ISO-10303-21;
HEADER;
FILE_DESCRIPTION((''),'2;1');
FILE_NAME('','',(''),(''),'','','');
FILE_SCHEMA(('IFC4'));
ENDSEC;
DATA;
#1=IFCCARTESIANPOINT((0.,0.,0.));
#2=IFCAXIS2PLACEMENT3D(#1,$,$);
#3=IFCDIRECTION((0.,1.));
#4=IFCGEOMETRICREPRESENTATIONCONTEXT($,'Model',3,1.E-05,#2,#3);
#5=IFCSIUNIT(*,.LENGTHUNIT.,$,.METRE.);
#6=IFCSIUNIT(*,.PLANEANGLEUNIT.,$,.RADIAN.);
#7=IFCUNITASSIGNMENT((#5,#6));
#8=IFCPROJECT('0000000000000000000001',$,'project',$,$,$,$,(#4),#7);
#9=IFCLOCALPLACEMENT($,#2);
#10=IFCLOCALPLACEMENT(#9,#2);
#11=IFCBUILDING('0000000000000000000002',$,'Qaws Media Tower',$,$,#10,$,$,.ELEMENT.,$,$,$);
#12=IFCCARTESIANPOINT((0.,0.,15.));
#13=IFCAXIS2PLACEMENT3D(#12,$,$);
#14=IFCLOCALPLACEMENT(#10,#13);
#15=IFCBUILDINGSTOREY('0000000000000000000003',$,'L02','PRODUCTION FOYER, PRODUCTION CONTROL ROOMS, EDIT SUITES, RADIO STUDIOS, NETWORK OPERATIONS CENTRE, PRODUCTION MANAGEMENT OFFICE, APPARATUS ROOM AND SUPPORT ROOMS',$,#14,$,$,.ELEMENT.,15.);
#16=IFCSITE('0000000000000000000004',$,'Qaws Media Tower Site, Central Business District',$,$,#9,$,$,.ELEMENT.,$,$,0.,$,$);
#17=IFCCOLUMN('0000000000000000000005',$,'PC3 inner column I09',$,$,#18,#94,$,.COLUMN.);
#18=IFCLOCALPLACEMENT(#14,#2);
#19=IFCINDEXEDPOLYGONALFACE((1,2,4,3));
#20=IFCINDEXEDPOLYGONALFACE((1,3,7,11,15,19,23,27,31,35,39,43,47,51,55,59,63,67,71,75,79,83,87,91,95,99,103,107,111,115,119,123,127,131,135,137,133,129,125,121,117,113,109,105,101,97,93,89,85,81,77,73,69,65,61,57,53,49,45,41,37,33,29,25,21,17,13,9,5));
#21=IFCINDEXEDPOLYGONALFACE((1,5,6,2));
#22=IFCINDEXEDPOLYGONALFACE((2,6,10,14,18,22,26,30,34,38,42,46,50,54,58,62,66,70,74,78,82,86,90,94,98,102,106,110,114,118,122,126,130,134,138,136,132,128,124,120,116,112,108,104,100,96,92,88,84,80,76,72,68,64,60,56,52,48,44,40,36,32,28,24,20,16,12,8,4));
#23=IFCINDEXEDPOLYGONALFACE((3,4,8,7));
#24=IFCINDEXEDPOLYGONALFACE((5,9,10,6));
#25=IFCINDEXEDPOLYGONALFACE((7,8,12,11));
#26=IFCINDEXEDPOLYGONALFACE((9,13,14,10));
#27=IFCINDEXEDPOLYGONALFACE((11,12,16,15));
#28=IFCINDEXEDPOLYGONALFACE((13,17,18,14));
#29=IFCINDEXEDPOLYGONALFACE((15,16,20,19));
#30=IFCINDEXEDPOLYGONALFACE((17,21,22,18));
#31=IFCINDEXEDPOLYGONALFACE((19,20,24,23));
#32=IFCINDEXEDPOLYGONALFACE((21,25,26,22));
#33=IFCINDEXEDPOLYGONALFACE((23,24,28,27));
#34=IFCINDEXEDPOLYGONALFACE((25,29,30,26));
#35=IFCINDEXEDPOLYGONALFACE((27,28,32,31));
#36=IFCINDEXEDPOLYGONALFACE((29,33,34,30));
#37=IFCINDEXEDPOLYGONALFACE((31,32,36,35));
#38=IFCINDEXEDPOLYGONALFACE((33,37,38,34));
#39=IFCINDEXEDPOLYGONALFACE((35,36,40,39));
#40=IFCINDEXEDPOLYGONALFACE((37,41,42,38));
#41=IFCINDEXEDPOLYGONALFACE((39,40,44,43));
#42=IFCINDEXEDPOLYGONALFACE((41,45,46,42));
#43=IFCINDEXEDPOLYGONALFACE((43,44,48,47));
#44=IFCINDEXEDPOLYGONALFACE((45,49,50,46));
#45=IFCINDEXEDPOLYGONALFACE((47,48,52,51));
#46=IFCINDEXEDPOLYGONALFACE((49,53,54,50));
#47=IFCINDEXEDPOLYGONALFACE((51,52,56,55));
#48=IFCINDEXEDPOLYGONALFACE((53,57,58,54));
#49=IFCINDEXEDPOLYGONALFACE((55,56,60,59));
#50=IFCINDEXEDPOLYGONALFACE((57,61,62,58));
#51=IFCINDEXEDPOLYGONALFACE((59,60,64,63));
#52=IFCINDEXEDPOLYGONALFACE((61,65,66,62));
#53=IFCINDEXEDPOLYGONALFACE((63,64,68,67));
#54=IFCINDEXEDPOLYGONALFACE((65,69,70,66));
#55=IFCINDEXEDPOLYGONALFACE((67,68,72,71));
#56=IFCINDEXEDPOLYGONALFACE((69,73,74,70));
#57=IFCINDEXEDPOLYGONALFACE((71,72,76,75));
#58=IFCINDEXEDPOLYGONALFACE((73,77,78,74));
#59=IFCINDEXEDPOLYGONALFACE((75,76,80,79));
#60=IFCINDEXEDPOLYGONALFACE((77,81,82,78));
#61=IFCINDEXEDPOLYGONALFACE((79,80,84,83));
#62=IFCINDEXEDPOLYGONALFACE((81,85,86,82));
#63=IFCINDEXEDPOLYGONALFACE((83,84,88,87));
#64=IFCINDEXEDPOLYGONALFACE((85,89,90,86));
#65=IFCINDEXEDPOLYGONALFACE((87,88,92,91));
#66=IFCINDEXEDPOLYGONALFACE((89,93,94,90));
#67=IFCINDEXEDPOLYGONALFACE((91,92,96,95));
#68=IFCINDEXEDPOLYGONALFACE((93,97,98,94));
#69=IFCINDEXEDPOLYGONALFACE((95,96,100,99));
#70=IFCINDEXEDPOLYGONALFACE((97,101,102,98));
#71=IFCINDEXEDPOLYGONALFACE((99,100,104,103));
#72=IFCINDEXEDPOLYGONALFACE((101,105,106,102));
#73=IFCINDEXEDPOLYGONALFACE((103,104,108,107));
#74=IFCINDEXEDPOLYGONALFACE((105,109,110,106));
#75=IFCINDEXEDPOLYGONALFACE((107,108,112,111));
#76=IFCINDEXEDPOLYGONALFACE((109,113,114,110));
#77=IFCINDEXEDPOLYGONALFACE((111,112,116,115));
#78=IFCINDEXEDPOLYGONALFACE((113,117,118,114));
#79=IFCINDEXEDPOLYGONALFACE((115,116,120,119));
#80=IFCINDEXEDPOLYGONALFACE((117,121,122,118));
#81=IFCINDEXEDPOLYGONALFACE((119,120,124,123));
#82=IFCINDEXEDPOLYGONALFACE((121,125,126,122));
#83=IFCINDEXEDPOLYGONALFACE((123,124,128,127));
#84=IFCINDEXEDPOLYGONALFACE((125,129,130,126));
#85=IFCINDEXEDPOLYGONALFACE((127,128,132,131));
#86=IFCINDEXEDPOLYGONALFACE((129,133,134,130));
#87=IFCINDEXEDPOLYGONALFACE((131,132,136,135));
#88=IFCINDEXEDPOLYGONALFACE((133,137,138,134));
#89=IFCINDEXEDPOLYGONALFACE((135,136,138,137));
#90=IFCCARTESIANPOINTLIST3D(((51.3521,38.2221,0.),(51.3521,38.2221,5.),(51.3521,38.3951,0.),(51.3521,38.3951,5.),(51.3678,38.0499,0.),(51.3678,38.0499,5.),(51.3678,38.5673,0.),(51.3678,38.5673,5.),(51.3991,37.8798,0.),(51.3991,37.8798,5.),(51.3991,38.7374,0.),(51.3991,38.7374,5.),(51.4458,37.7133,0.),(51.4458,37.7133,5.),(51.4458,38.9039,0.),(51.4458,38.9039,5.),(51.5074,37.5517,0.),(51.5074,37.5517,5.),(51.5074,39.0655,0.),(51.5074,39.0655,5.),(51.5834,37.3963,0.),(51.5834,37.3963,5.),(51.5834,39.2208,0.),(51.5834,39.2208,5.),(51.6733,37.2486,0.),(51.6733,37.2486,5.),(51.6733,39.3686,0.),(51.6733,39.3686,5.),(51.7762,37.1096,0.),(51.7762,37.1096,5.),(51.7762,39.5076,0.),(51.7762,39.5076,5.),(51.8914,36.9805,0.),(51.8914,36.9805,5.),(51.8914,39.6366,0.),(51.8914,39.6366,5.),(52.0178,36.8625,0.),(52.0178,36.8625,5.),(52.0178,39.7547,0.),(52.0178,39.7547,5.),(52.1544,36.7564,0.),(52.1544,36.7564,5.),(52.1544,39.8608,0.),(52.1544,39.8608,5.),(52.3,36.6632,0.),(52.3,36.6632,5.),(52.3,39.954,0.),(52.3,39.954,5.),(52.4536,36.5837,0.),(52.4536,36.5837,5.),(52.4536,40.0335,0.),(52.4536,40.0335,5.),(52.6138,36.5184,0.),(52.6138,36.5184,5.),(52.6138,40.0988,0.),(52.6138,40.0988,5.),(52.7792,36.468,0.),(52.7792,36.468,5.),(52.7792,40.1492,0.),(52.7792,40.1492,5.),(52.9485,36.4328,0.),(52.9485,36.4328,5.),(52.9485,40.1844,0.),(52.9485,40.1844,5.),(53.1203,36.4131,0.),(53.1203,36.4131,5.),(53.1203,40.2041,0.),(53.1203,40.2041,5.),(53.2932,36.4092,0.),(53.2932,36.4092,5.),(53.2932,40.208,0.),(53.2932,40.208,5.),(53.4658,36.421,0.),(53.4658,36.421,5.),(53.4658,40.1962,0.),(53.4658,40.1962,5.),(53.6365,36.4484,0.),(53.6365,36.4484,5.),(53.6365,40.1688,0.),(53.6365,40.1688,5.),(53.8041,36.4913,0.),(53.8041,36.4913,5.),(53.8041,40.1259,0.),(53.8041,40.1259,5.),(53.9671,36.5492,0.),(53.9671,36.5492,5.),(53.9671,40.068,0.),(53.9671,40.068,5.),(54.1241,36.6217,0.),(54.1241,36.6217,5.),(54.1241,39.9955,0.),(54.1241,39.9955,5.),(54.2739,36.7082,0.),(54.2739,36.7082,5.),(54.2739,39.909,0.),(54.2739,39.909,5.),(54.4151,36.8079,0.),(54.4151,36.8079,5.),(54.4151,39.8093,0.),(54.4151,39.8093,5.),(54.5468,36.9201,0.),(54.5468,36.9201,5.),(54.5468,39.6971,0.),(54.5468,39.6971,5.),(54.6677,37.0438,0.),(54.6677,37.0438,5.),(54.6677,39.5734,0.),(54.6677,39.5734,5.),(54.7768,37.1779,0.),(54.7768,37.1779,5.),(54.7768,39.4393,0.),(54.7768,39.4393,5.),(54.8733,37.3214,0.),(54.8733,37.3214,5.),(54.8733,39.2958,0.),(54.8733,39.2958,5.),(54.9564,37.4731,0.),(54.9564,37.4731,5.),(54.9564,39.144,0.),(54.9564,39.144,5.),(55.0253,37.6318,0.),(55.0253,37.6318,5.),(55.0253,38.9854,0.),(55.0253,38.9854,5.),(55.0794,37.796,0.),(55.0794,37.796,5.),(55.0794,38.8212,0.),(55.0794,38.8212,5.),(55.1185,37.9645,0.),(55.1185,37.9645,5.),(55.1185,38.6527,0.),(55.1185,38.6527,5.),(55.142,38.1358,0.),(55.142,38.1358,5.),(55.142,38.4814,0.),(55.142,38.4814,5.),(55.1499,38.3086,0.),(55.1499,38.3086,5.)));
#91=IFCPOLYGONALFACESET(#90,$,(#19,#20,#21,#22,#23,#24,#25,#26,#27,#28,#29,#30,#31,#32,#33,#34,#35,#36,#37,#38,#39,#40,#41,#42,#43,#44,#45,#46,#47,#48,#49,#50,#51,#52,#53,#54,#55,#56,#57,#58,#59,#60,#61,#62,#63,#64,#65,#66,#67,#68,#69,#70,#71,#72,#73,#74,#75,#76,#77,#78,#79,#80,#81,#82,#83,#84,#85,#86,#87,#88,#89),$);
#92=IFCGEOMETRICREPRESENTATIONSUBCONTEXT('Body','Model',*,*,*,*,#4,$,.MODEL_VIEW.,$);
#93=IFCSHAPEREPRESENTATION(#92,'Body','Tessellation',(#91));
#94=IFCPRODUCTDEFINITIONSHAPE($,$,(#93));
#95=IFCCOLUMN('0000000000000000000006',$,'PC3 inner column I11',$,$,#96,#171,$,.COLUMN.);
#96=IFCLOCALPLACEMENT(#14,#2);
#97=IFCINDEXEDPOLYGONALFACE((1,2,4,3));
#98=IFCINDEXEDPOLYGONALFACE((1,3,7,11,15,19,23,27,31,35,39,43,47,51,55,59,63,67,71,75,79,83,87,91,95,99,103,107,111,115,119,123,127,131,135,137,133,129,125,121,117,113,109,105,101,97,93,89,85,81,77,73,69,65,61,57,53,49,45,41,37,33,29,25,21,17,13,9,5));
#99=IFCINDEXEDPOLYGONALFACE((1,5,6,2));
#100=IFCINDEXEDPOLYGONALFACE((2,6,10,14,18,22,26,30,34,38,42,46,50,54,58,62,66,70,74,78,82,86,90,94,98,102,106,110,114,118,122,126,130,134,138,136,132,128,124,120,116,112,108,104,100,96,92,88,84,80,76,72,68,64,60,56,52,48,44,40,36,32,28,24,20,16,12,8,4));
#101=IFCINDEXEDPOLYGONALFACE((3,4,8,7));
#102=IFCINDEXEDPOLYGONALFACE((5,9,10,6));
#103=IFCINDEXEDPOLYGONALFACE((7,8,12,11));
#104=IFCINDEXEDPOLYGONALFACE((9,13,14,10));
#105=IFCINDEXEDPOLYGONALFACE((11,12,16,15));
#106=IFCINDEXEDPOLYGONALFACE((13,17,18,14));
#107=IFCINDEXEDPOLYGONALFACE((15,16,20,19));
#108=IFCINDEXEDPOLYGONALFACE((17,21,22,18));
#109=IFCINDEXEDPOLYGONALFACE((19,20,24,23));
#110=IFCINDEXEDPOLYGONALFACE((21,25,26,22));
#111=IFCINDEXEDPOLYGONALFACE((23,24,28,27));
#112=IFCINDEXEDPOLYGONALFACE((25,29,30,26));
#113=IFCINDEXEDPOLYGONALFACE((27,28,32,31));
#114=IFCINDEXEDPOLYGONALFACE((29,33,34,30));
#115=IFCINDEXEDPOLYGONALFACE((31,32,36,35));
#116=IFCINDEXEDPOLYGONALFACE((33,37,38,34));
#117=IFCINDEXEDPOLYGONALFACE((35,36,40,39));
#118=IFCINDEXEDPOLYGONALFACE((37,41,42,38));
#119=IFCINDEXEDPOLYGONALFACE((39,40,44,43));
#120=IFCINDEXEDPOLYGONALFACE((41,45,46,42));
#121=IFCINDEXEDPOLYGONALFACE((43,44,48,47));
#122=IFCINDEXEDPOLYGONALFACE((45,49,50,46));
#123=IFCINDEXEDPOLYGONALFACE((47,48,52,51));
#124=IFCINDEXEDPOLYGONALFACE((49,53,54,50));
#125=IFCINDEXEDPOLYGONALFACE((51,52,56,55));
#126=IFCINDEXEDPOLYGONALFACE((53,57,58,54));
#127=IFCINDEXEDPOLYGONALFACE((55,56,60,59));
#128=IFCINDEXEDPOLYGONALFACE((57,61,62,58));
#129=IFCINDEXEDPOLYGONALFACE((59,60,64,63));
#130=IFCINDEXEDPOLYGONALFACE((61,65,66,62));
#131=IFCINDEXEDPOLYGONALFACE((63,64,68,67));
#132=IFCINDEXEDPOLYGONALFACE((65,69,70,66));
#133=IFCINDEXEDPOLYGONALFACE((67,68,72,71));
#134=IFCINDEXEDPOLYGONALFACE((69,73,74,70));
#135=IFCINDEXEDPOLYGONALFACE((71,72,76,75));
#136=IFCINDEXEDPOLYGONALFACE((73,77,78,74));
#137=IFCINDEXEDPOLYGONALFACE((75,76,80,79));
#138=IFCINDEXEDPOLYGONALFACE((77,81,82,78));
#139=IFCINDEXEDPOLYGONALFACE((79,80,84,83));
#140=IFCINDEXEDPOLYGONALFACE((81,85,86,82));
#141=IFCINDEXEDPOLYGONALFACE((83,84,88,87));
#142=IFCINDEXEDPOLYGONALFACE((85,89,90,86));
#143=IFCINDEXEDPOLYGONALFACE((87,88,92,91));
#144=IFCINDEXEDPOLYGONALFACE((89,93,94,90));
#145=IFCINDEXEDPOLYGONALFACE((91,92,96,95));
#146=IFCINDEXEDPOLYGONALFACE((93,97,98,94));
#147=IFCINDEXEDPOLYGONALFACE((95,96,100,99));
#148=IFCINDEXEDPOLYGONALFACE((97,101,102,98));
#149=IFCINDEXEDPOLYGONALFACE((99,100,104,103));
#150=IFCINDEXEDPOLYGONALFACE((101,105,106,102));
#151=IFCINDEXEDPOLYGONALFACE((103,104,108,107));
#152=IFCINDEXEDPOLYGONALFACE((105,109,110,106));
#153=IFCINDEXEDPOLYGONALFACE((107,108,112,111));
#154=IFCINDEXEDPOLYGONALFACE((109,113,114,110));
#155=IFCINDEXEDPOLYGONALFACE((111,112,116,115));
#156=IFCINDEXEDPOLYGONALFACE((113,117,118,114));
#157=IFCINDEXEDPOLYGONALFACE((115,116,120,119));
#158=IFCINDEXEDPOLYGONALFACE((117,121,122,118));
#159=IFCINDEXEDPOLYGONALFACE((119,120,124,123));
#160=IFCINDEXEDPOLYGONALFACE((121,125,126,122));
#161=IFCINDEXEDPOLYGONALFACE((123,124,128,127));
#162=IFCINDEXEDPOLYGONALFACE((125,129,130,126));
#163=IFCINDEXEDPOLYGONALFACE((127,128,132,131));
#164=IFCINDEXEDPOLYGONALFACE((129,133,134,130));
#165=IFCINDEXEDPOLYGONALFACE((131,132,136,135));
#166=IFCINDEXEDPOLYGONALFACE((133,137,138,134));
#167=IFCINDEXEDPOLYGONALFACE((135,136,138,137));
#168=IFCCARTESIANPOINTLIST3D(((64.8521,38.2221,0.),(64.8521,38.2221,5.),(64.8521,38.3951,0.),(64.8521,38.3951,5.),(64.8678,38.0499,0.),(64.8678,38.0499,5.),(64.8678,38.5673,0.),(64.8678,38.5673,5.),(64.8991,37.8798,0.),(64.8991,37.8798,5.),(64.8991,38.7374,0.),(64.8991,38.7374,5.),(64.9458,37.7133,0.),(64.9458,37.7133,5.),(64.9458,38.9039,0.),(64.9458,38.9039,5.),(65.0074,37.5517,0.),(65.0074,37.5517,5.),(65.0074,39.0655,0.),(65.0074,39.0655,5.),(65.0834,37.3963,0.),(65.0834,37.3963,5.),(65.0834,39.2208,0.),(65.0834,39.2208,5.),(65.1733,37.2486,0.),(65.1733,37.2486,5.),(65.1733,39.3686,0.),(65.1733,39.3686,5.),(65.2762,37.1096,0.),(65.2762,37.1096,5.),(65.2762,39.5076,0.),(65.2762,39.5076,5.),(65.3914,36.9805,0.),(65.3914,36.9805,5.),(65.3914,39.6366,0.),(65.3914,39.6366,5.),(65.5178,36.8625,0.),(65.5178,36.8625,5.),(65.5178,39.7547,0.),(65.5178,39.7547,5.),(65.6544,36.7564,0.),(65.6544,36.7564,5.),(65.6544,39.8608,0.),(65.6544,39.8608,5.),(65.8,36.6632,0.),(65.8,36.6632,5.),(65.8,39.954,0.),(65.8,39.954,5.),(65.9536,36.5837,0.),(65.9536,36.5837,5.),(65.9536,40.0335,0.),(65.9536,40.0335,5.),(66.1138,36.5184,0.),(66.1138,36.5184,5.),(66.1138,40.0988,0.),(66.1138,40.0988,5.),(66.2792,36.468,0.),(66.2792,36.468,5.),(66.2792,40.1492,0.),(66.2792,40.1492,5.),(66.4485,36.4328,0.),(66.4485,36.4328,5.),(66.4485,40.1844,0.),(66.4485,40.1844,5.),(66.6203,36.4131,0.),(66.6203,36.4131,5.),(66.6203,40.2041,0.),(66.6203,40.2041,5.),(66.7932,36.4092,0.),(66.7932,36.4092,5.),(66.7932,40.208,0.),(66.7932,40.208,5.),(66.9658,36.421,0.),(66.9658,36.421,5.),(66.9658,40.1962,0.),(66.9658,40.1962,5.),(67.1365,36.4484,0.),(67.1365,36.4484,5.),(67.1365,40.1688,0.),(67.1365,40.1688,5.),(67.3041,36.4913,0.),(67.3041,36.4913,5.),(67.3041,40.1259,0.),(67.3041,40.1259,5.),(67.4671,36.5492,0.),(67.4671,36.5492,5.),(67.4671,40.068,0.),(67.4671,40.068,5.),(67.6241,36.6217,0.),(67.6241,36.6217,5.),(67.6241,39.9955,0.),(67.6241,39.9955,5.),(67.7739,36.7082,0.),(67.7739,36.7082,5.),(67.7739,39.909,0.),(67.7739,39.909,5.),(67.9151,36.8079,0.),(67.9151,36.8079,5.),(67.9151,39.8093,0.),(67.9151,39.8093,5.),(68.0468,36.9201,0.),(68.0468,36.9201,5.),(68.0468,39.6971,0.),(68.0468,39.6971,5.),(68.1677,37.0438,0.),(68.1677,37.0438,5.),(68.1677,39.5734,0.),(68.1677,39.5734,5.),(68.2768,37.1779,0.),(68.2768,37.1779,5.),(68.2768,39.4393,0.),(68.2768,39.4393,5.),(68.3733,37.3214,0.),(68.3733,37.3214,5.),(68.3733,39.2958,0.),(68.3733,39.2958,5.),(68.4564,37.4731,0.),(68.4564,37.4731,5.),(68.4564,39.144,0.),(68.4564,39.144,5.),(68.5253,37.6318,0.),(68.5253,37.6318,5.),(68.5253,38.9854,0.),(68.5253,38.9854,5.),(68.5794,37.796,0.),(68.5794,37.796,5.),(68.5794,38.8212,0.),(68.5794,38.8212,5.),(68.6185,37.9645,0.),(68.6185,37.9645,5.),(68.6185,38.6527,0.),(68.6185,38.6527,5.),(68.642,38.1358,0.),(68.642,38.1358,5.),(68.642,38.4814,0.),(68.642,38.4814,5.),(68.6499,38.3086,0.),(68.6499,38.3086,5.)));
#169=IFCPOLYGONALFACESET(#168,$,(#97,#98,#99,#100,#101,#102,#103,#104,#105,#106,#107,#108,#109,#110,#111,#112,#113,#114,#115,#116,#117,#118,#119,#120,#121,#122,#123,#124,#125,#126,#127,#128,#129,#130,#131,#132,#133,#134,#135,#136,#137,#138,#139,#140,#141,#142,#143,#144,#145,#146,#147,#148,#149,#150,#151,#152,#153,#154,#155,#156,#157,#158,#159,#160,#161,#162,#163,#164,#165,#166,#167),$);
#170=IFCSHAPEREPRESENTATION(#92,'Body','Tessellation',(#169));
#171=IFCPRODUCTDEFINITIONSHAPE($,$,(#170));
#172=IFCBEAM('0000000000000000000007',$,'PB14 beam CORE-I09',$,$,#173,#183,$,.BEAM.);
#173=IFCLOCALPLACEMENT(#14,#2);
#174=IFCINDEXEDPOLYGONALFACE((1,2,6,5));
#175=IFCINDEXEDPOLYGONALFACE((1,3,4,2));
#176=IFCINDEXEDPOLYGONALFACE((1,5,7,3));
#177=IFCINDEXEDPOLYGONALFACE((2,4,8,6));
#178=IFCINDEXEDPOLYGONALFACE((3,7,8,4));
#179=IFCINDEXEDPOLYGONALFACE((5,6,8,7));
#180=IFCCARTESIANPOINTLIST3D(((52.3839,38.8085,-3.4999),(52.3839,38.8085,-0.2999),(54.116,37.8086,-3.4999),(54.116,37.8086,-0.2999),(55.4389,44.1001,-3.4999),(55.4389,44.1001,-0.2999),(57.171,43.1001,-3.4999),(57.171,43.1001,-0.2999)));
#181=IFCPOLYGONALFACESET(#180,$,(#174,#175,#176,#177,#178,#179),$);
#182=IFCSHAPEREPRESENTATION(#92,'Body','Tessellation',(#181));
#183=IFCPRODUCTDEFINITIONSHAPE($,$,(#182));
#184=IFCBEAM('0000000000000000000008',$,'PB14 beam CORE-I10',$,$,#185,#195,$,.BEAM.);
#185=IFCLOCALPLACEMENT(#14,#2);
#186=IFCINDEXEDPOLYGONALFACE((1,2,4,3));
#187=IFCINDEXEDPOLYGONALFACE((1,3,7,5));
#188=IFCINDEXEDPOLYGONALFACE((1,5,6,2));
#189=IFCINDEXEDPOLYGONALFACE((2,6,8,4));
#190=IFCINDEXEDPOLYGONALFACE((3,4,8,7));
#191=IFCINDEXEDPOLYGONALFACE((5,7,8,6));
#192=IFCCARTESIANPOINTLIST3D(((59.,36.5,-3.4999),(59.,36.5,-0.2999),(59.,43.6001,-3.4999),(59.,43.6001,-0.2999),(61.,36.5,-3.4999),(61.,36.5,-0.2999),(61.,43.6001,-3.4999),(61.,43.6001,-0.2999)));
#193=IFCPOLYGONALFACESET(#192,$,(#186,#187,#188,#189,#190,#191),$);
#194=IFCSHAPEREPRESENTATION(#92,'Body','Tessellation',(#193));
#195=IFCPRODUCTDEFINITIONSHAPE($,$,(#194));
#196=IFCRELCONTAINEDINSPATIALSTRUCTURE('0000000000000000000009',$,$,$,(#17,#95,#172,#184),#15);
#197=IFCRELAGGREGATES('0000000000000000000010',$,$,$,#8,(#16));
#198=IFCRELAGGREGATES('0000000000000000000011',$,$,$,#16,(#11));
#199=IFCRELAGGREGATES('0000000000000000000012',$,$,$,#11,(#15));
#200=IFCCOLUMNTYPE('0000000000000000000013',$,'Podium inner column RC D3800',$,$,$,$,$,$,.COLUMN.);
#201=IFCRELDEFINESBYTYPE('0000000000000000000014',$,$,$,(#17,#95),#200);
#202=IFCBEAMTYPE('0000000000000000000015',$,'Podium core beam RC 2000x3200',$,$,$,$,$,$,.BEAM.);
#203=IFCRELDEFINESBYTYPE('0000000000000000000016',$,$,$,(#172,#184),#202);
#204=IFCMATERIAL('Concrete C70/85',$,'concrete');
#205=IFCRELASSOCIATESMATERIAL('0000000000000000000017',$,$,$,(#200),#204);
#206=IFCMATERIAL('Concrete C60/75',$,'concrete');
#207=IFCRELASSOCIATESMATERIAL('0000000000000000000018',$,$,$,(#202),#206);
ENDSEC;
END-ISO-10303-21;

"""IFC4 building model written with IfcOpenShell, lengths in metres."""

from ifc_helpers import new_model, si_unit, direction, frame, origin, origin_2d, place, context, subcontext, project, spatial, rectangle, circle, extrude, material, material_profile, profile_set, type_object, element, save


model = new_model("IFC4")

# Units and contexts
model_context = context("Model", 3, precision=1e-05, world=origin(), true_north=direction((0.0, 1.0)))
body_context = subcontext(model_context, "Body", "Model", "MODEL_VIEW")
ifc_project = project(units=[si_unit("LENGTHUNIT", "METRE"), si_unit("PLANEANGLEUNIT", "RADIAN")], contexts=[model_context])

# Site, building, storey
site_placement = place(None, origin())
site = spatial("IfcSite", under=ifc_project, at=site_placement, Name="Qaws Media Tower Site, Central Business District", CompositionType="ELEMENT", RefElevation=0.0)
building_placement = place(site_placement, origin())
building = spatial("IfcBuilding", under=site, at=building_placement, Name="Qaws Media Tower", CompositionType="ELEMENT")
storey_placement = place(building_placement, frame((0.0, 0.0, 15.0)))
storey = spatial("IfcBuildingStorey", under=building, at=storey_placement, Name="L02", Description="PRODUCTION FOYER, PRODUCTION CONTROL ROOMS, EDIT SUITES, RADIO STUDIOS, NETWORK OPERATIONS CENTRE, PRODUCTION MANAGEMENT OFFICE, APPARATUS ROOM AND SUPPORT ROOMS", CompositionType="ELEMENT", Elevation=15.0)

# Columns
ifc_material_1 = material(Name="Concrete C70/85", Category="concrete")
ifc_material_profile_1 = material_profile(ifc_material_1, circle(Radius=1.8999, at=origin_2d()), Name="RC D3800")
ifc_profile_set_1 = profile_set([ifc_material_profile_1], Name="Concrete C70/85")
column_type = type_object("IfcColumnType", Name="Podium inner column RC D3800", PredefinedType="COLUMN", material=ifc_profile_set_1)
for number, where, z_axis, x_axis, name in (
    (1, (53.25, 38.3086, 0.0), (0.0, 0.0, 1.0), (1.0, 0.0, 0.0), "PC3 inner column I09"),
    (2, (66.75, 38.3086, 0.0), (0.0, 0.0, 1.0), (1.0, 0.0, 0.0), "PC3 inner column I11"),
):
    element("IfcColumn", number, at=place(storey_placement, frame(where, z_axis=z_axis, x_axis=x_axis)), inside=storey, type_object=column_type, Name=name, PredefinedType="COLUMN", context=body_context, shape_type="SweptSolid", body=[
        extrude(circle(Radius=1.8999, at=origin_2d()), origin(), (0.0, 0.0, 1.0), 5.0),
    ])

# Beams
ifc_material_2 = material(Name="Concrete C60/75", Category="concrete")
ifc_material_profile_2 = material_profile(ifc_material_2, rectangle(XDim=2.0, YDim=3.2, at=origin_2d()), Name="RC 2000x3200")
ifc_profile_set_2 = profile_set([ifc_material_profile_2], Name="Concrete C60/75")
beam_type_1 = type_object("IfcBeamType", Name="Podium core beam RC 2000x3200", PredefinedType="BEAM", material=ifc_profile_set_2)
beam_1_placement = place(storey_placement, frame((56.3049, 43.6001, -1.8999), z_axis=(-0.499985, -0.866034, 0.0), x_axis=(0.866034, -0.499985, 0.0)))
element("IfcBeam", 3, at=beam_1_placement, inside=storey, type_object=beam_type_1, Name="PB14 beam CORE-I09", PredefinedType="BEAM", context=body_context, shape_type="SweptSolid", body=[
    extrude(rectangle(XDim=2.0, YDim=3.2, at=origin_2d()), origin(), (0.0, 0.0, 1.0), 6.1101),
])
beam_2_placement = place(storey_placement, frame((60.0, 43.6001, -1.8999), z_axis=(0.0, -1.0, 0.0), x_axis=(1.0, 0.0, 0.0)))
element("IfcBeam", 4, at=beam_2_placement, inside=storey, type_object=beam_type_1, Name="PB14 beam CORE-I10", PredefinedType="BEAM", context=body_context, shape_type="SweptSolid", body=[
    extrude(rectangle(XDim=2.0, YDim=3.2, at=origin_2d()), origin(), (0.0, 0.0, 1.0), 7.1001),
])

save(model, "model.ifc")
